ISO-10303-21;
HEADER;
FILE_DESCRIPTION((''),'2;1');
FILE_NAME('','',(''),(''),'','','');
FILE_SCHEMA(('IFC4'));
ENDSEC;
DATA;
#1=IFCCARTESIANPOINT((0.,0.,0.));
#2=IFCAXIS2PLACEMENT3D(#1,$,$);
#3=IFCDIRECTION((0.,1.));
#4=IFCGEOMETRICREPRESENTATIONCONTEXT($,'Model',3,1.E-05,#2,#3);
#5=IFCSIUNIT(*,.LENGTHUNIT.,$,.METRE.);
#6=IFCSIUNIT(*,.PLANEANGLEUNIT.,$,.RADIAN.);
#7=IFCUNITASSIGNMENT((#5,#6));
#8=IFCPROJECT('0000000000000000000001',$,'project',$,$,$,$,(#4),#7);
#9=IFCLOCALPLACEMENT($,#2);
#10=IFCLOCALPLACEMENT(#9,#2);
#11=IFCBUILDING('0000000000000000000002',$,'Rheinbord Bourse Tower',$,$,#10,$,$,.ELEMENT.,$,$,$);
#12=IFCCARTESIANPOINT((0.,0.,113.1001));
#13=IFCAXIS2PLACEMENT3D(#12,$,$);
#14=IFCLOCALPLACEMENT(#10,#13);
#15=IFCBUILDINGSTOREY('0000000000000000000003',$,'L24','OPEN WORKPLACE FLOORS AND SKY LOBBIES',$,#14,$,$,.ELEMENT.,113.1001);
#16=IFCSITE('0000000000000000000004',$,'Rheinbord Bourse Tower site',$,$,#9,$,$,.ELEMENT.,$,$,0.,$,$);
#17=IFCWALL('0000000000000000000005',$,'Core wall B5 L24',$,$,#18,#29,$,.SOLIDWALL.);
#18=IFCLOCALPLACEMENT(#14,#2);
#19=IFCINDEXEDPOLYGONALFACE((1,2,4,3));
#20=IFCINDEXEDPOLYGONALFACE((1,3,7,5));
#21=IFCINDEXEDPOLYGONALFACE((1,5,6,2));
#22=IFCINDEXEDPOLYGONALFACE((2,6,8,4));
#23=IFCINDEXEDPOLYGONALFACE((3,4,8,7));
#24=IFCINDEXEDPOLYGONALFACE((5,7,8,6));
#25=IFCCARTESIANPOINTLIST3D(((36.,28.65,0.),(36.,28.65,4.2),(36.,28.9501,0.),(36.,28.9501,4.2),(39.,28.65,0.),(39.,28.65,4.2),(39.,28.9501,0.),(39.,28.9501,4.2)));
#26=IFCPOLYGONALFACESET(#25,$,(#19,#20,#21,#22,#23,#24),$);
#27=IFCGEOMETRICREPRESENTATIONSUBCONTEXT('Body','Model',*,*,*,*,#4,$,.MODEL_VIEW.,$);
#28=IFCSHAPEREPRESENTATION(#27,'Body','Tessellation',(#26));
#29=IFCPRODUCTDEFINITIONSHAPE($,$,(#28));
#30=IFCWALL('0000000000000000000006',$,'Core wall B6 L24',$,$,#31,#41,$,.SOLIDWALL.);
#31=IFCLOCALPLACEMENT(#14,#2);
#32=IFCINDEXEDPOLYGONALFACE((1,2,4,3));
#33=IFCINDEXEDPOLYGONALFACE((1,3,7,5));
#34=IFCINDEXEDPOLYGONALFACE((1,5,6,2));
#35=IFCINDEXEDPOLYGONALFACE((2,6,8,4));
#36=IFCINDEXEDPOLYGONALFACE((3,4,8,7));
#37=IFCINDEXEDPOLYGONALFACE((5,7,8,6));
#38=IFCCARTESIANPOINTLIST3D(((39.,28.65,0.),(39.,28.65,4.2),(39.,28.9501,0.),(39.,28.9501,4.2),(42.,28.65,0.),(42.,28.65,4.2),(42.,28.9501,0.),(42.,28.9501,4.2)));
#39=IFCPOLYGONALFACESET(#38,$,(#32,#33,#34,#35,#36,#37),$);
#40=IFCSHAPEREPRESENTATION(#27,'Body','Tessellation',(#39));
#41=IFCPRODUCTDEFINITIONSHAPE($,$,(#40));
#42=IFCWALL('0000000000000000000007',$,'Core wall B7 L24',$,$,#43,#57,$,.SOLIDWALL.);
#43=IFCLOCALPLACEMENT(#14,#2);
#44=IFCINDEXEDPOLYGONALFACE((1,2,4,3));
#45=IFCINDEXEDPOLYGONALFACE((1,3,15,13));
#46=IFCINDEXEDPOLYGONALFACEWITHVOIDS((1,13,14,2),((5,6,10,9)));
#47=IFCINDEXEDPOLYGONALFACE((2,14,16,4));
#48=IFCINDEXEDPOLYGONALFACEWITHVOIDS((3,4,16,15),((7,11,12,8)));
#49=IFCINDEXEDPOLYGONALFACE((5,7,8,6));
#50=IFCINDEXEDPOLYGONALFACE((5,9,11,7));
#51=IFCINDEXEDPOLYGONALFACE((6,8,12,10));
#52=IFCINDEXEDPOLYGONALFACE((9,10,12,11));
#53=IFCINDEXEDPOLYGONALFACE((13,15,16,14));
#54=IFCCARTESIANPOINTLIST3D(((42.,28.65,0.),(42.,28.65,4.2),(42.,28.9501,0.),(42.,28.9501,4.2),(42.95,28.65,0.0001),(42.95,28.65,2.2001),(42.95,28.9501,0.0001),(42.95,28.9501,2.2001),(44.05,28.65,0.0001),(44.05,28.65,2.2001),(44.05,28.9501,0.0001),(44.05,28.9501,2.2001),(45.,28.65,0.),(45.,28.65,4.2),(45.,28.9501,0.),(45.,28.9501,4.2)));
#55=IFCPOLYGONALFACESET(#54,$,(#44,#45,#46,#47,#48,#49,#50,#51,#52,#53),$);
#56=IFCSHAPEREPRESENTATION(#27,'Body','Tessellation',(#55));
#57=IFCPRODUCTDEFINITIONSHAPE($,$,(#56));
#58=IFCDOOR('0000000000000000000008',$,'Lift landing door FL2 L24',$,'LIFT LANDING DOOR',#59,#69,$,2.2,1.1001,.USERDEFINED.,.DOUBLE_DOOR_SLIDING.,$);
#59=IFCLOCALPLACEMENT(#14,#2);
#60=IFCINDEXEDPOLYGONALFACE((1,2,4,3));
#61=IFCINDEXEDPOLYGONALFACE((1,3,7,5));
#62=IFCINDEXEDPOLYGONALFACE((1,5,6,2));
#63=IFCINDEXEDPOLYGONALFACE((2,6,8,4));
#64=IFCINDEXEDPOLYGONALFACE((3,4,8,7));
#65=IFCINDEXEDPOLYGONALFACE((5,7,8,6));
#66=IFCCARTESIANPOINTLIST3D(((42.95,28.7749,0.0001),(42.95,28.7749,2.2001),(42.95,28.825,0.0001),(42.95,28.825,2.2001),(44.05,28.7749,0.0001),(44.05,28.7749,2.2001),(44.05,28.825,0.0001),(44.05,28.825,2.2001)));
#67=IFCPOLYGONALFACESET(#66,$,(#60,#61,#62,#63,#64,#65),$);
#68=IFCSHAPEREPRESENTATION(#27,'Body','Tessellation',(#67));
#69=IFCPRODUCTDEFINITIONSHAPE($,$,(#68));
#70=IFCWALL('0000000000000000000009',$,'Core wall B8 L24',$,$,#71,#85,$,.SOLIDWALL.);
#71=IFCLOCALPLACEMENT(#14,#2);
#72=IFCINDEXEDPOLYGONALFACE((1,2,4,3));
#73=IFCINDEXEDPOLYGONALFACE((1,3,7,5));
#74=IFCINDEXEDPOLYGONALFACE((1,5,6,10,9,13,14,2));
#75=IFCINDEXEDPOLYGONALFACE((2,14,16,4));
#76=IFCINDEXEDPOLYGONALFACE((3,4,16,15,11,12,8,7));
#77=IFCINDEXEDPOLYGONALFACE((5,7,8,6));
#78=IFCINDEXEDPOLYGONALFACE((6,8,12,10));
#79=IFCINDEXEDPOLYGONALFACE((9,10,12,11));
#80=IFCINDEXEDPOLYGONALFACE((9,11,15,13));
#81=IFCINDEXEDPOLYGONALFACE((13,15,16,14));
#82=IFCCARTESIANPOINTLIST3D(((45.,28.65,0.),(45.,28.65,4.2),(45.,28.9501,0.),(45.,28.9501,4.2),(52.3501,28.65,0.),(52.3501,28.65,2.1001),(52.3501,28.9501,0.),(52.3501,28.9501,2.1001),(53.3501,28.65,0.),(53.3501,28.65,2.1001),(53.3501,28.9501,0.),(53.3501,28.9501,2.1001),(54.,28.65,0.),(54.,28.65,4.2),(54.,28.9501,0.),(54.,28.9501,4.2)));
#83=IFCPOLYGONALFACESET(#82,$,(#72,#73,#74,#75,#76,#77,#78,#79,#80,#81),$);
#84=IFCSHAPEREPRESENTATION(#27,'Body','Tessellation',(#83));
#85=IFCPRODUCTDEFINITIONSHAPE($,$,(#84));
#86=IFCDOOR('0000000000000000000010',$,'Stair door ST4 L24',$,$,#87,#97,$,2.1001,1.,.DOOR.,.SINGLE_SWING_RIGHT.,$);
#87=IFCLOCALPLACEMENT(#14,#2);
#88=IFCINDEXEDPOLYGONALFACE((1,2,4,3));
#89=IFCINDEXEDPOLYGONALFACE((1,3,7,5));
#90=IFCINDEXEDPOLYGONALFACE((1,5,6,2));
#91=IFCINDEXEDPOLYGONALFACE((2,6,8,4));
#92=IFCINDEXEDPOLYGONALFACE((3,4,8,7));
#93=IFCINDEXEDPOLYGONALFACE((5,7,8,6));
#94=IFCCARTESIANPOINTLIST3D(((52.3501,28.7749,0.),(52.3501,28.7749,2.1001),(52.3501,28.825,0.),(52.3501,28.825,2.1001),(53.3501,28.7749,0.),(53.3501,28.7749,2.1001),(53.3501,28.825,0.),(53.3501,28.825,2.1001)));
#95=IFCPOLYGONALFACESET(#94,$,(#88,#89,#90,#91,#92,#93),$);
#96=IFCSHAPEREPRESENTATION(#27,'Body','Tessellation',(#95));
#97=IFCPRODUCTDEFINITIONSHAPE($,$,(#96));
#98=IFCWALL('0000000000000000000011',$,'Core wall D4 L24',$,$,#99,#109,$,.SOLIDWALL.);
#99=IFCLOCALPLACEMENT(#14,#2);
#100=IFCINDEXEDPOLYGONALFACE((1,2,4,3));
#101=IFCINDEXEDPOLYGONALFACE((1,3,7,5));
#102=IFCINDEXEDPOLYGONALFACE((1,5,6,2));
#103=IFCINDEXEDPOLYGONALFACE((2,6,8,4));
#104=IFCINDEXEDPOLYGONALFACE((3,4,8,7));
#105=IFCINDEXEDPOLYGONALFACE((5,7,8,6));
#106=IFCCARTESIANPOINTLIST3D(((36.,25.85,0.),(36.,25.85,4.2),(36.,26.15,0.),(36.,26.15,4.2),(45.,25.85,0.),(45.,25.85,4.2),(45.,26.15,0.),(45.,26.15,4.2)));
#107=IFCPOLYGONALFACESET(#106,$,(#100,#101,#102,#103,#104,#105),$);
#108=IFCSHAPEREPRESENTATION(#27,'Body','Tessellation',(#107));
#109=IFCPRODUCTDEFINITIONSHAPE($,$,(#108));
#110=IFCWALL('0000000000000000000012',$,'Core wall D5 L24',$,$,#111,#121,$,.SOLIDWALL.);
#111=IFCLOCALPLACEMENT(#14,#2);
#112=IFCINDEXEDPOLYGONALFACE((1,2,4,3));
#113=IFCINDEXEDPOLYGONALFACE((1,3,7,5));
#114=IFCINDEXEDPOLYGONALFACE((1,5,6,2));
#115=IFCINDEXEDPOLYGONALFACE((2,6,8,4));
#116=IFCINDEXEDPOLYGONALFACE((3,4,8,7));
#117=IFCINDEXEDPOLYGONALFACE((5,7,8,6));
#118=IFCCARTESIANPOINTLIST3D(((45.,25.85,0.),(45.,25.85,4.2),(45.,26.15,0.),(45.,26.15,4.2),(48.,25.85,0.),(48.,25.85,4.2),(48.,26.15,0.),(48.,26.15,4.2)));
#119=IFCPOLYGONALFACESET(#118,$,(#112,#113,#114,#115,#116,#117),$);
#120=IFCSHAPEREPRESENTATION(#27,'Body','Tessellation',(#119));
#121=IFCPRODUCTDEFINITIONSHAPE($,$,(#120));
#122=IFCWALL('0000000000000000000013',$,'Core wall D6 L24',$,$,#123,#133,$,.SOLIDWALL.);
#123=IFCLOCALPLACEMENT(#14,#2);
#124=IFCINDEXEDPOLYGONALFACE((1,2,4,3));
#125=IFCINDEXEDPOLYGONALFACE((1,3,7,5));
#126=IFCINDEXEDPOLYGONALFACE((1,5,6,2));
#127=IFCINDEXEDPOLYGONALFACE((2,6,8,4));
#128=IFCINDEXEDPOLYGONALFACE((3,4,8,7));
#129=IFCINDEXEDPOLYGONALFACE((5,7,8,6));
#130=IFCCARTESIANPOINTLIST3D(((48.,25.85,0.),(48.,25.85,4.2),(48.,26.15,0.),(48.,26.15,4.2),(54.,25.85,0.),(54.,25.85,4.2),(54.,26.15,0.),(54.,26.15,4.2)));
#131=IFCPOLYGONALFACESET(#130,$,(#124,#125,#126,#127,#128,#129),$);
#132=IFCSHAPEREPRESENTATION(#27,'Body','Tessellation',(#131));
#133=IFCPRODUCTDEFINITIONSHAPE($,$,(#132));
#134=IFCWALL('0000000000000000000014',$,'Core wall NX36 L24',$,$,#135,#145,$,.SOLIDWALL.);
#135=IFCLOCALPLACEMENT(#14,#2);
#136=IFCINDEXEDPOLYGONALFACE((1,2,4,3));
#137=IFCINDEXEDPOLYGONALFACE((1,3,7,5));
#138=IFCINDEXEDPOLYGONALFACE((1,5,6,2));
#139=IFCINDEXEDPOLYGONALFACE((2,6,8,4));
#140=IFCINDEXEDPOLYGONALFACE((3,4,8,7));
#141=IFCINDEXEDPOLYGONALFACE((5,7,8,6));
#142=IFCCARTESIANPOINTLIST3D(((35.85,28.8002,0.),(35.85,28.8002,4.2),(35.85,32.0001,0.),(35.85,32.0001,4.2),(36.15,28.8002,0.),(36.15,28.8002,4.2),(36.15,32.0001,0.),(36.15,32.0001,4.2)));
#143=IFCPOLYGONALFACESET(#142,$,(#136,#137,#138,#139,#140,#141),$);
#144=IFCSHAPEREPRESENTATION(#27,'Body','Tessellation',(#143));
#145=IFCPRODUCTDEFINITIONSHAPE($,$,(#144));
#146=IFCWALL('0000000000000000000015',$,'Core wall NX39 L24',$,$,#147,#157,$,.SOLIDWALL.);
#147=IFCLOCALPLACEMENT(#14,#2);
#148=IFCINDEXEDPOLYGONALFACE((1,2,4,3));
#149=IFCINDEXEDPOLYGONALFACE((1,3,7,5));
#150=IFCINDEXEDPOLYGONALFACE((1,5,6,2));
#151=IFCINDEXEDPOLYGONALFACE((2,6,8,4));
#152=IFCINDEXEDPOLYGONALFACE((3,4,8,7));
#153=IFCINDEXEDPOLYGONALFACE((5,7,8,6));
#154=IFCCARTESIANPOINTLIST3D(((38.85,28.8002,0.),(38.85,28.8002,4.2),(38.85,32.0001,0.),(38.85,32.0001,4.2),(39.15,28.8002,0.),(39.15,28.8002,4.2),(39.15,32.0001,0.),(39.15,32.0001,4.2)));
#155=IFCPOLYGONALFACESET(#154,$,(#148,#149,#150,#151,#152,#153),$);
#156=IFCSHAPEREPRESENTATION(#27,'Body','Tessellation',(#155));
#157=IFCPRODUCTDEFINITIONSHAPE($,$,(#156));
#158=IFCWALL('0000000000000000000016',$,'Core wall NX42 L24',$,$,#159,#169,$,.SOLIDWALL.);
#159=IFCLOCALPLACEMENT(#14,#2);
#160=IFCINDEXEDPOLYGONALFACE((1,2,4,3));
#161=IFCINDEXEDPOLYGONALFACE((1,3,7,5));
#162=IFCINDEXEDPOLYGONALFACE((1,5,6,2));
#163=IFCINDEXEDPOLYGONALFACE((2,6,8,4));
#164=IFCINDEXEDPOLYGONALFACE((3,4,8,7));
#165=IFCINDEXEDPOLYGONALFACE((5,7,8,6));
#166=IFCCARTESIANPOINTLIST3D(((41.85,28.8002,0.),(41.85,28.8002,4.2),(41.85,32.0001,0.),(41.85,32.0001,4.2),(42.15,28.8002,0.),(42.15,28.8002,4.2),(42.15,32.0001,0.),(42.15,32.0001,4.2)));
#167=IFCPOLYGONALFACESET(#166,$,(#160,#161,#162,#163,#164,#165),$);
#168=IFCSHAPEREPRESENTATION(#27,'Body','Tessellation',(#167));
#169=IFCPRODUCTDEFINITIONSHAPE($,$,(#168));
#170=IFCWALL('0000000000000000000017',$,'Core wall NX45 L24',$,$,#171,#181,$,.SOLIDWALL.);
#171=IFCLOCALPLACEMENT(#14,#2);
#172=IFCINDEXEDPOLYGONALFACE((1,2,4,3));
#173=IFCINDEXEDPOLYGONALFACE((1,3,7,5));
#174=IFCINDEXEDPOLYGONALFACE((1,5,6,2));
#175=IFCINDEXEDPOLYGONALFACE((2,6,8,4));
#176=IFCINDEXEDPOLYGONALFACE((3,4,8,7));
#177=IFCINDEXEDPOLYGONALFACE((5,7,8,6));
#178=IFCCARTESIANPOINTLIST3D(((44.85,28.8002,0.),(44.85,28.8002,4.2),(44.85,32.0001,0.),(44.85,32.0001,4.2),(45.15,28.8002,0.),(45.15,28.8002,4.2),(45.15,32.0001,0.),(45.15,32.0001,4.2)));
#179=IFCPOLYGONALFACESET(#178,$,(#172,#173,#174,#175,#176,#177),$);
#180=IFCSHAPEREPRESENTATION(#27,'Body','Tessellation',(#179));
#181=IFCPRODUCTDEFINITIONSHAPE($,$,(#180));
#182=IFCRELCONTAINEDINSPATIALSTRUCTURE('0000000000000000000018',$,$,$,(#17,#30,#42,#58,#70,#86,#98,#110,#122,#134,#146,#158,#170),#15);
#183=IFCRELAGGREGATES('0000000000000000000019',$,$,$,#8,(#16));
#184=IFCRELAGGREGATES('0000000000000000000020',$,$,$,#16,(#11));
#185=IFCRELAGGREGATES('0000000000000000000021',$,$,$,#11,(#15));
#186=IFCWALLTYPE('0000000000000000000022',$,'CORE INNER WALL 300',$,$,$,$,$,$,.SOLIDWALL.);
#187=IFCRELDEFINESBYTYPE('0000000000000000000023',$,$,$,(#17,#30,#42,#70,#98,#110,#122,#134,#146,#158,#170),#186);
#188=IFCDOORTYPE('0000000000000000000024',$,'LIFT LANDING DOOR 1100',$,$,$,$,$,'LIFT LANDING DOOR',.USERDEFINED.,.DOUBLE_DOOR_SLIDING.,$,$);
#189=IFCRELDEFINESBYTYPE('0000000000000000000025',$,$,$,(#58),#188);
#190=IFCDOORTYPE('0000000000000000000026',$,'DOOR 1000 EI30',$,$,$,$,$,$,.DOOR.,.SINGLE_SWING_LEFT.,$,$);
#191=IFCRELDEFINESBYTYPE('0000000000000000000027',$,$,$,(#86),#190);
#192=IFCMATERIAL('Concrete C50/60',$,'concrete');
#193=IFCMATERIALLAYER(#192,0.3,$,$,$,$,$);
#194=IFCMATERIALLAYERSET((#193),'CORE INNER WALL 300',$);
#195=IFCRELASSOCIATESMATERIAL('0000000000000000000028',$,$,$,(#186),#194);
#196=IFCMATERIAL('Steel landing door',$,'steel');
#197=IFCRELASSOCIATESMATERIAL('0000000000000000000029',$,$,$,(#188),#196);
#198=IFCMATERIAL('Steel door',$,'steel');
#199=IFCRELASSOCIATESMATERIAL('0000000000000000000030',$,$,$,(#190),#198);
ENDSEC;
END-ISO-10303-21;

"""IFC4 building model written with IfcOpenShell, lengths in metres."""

from ifc_helpers import new_model, si_unit, direction, frame, frame_2d, origin, place, context, subcontext, project, spatial, rectangle, extrude, material, layer, layer_set, type_object, element, fill, save


model = new_model("IFC4")

# Units and contexts
model_context = context("Model", 3, precision=1e-05, world=origin(), true_north=direction((0.0, 1.0)))
body_context = subcontext(model_context, "Body", "Model", "MODEL_VIEW")
ifc_project = project(units=[si_unit("LENGTHUNIT", "METRE"), si_unit("PLANEANGLEUNIT", "RADIAN")], contexts=[model_context])

# Site, building, storey
site_placement = place(None, origin())
site = spatial("IfcSite", under=ifc_project, at=site_placement, Name="Rheinbord Bourse Tower site", CompositionType="ELEMENT", RefElevation=0.0)
building_placement = place(site_placement, origin())
building = spatial("IfcBuilding", under=site, at=building_placement, Name="Rheinbord Bourse Tower", CompositionType="ELEMENT")
storey_placement = place(building_placement, frame((0.0, 0.0, 113.1001)))
storey = spatial("IfcBuildingStorey", under=building, at=storey_placement, Name="L24", Description="OPEN WORKPLACE FLOORS AND SKY LOBBIES", CompositionType="ELEMENT", Elevation=113.1001)

# Walls
ifc_material_1 = material(Name="Concrete C50/60", Category="concrete")
ifc_layer_1 = layer(ifc_material_1, 0.3)
ifc_layer_set_1 = layer_set([ifc_layer_1], Name="CORE INNER WALL 300")
wall_type_1 = type_object("IfcWallType", Name="CORE INNER WALL 300", PredefinedType="SOLIDWALL", material=ifc_layer_set_1)
for number, where, z_axis, x_axis, name in (
    (1, (36.0, 28.8, 0.0), (0.0, 0.0, 1.0), (1.0, 0.0, 0.0), "Core wall B5 L24"),
    (2, (39.0, 28.8, 0.0), (0.0, 0.0, 1.0), (1.0, 0.0, 0.0), "Core wall B6 L24"),
):
    element("IfcWall", number, at=place(storey_placement, frame(where, z_axis=z_axis, x_axis=x_axis)), inside=storey, type_object=wall_type_1, Name=name, PredefinedType="SOLIDWALL", context=body_context, shape_type="SweptSolid", body=[
        extrude(rectangle(XDim=3.0, YDim=0.3, at=frame_2d((1.5, 0.0))), origin(), (0.0, 0.0, 1.0), 4.2),
    ])

# Walls, openings, doors
wall_1_placement = place(storey_placement, frame((42.0, 28.8, 0.0), z_axis=(0.0, 0.0, 1.0), x_axis=(1.0, 0.0, 0.0)))
wall_1 = element("IfcWall", 3, at=wall_1_placement, inside=storey, type_object=wall_type_1, Name="Core wall B7 L24", PredefinedType="SOLIDWALL", context=body_context, shape_type="SweptSolid", body=[
    extrude(rectangle(XDim=3.0, YDim=0.3, at=frame_2d((1.5, 0.0))), origin(), (0.0, 0.0, 1.0), 4.2),
])
opening_1_placement = place(wall_1_placement, frame((0.95, 0.0, 0.0)))
opening_1 = element("IfcOpeningElement", 4, at=opening_1_placement, cuts=wall_1, PredefinedType="OPENING", context=body_context, shape_type="SweptSolid", body=[
    extrude(rectangle(XDim=1.1001, YDim=2.2, at=frame_2d((0.55, 1.1001))), frame((0.0, 0.1599, 0.0), z_axis=(0.0, -1.0, 0.0), x_axis=(1.0, 0.0, 0.0)), (0.0, 0.0, 1.0), 0.3201),
])
ifc_material_2 = material(Name="Steel landing door", Category="steel")
door_type_1 = type_object("IfcDoorType", Name="LIFT LANDING DOOR 1100", ElementType="LIFT LANDING DOOR", OperationType="DOUBLE_DOOR_SLIDING", PredefinedType="USERDEFINED", material=ifc_material_2)
door_1_placement = place(opening_1_placement, origin())
door_1 = element("IfcDoor", 5, at=door_1_placement, inside=storey, type_object=door_type_1, Name="Lift landing door FL2 L24", ObjectType="LIFT LANDING DOOR", OperationType="DOUBLE_DOOR_SLIDING", OverallHeight=2.2, OverallWidth=1.1001, PredefinedType="USERDEFINED", context=body_context, shape_type="SweptSolid", body=[
    extrude(rectangle(XDim=1.1001, YDim=2.2, at=frame_2d((0.55, 1.1001))), frame((0.0, 0.0249, 0.0), z_axis=(0.0, -1.0, 0.0), x_axis=(1.0, 0.0, 0.0)), (0.0, 0.0, 1.0), 0.05),
])
fill(opening_1, door_1)
wall_2_placement = place(storey_placement, frame((45.0, 28.8, 0.0), z_axis=(0.0, 0.0, 1.0), x_axis=(1.0, 0.0, 0.0)))
wall_2 = element("IfcWall", 6, at=wall_2_placement, inside=storey, type_object=wall_type_1, Name="Core wall B8 L24", PredefinedType="SOLIDWALL", context=body_context, shape_type="SweptSolid", body=[
    extrude(rectangle(XDim=9.0, YDim=0.3, at=frame_2d((4.5, 0.0))), origin(), (0.0, 0.0, 1.0), 4.2),
])
opening_2_placement = place(wall_2_placement, frame((7.3501, 0.0, 0.0)))
opening_2 = element("IfcOpeningElement", 7, at=opening_2_placement, cuts=wall_2, PredefinedType="OPENING", context=body_context, shape_type="SweptSolid", body=[
    extrude(rectangle(XDim=1.0, YDim=2.1001, at=frame_2d((0.5, 1.05))), frame((0.0, 0.1599, 0.0), z_axis=(0.0, -1.0, 0.0), x_axis=(1.0, 0.0, 0.0)), (0.0, 0.0, 1.0), 0.3201),
])
ifc_material_3 = material(Name="Steel door", Category="steel")
door_type_2 = type_object("IfcDoorType", Name="DOOR 1000 EI30", OperationType="SINGLE_SWING_LEFT", PredefinedType="DOOR", material=ifc_material_3)
door_2_placement = place(opening_2_placement, origin())
door_2 = element("IfcDoor", 8, at=door_2_placement, inside=storey, type_object=door_type_2, Name="Stair door ST4 L24", OperationType="SINGLE_SWING_RIGHT", OverallHeight=2.1001, OverallWidth=1.0, PredefinedType="DOOR", context=body_context, shape_type="SweptSolid", body=[
    extrude(rectangle(XDim=1.0, YDim=2.1001, at=frame_2d((0.5, 1.05))), frame((0.0, 0.0249, 0.0), z_axis=(0.0, -1.0, 0.0), x_axis=(1.0, 0.0, 0.0)), (0.0, 0.0, 1.0), 0.05),
])
fill(opening_2, door_2)

# Walls
wall_3_placement = place(storey_placement, frame((36.0, 26.0, 0.0), z_axis=(0.0, 0.0, 1.0), x_axis=(1.0, 0.0, 0.0)))
element("IfcWall", 9, at=wall_3_placement, inside=storey, type_object=wall_type_1, Name="Core wall D4 L24", PredefinedType="SOLIDWALL", context=body_context, shape_type="SweptSolid", body=[
    extrude(rectangle(XDim=9.0, YDim=0.3, at=frame_2d((4.5, 0.0))), origin(), (0.0, 0.0, 1.0), 4.2),
])
wall_4_placement = place(storey_placement, frame((45.0, 26.0, 0.0), z_axis=(0.0, 0.0, 1.0), x_axis=(1.0, 0.0, 0.0)))
element("IfcWall", 10, at=wall_4_placement, inside=storey, type_object=wall_type_1, Name="Core wall D5 L24", PredefinedType="SOLIDWALL", context=body_context, shape_type="SweptSolid", body=[
    extrude(rectangle(XDim=3.0, YDim=0.3, at=frame_2d((1.5, 0.0))), origin(), (0.0, 0.0, 1.0), 4.2),
])
wall_5_placement = place(storey_placement, frame((48.0, 26.0, 0.0), z_axis=(0.0, 0.0, 1.0), x_axis=(1.0, 0.0, 0.0)))
element("IfcWall", 11, at=wall_5_placement, inside=storey, type_object=wall_type_1, Name="Core wall D6 L24", PredefinedType="SOLIDWALL", context=body_context, shape_type="SweptSolid", body=[
    extrude(rectangle(XDim=6.0, YDim=0.3, at=frame_2d((3.0, 0.0))), origin(), (0.0, 0.0, 1.0), 4.2),
])
for number, where, z_axis, x_axis, name in (
    (12, (36.0, 28.8, 0.0), (0.0, 0.0, 1.0), (0.0, 1.0, 0.0), "Core wall NX36 L24"),
    (13, (39.0, 28.8, 0.0), (0.0, 0.0, 1.0), (0.0, 1.0, 0.0), "Core wall NX39 L24"),
    (14, (42.0, 28.8, 0.0), (0.0, 0.0, 1.0), (0.0, 1.0, 0.0), "Core wall NX42 L24"),
    (15, (45.0, 28.8, 0.0), (0.0, 0.0, 1.0), (0.0, 1.0, 0.0), "Core wall NX45 L24"),
):
    element("IfcWall", number, at=place(storey_placement, frame(where, z_axis=z_axis, x_axis=x_axis)), inside=storey, type_object=wall_type_1, Name=name, PredefinedType="SOLIDWALL", context=body_context, shape_type="SweptSolid", body=[
        extrude(rectangle(XDim=3.2, YDim=0.3, at=frame_2d((1.6001, 0.0))), origin(), (0.0, 0.0, 1.0), 4.2),
    ])

save(model, "model.ifc")
